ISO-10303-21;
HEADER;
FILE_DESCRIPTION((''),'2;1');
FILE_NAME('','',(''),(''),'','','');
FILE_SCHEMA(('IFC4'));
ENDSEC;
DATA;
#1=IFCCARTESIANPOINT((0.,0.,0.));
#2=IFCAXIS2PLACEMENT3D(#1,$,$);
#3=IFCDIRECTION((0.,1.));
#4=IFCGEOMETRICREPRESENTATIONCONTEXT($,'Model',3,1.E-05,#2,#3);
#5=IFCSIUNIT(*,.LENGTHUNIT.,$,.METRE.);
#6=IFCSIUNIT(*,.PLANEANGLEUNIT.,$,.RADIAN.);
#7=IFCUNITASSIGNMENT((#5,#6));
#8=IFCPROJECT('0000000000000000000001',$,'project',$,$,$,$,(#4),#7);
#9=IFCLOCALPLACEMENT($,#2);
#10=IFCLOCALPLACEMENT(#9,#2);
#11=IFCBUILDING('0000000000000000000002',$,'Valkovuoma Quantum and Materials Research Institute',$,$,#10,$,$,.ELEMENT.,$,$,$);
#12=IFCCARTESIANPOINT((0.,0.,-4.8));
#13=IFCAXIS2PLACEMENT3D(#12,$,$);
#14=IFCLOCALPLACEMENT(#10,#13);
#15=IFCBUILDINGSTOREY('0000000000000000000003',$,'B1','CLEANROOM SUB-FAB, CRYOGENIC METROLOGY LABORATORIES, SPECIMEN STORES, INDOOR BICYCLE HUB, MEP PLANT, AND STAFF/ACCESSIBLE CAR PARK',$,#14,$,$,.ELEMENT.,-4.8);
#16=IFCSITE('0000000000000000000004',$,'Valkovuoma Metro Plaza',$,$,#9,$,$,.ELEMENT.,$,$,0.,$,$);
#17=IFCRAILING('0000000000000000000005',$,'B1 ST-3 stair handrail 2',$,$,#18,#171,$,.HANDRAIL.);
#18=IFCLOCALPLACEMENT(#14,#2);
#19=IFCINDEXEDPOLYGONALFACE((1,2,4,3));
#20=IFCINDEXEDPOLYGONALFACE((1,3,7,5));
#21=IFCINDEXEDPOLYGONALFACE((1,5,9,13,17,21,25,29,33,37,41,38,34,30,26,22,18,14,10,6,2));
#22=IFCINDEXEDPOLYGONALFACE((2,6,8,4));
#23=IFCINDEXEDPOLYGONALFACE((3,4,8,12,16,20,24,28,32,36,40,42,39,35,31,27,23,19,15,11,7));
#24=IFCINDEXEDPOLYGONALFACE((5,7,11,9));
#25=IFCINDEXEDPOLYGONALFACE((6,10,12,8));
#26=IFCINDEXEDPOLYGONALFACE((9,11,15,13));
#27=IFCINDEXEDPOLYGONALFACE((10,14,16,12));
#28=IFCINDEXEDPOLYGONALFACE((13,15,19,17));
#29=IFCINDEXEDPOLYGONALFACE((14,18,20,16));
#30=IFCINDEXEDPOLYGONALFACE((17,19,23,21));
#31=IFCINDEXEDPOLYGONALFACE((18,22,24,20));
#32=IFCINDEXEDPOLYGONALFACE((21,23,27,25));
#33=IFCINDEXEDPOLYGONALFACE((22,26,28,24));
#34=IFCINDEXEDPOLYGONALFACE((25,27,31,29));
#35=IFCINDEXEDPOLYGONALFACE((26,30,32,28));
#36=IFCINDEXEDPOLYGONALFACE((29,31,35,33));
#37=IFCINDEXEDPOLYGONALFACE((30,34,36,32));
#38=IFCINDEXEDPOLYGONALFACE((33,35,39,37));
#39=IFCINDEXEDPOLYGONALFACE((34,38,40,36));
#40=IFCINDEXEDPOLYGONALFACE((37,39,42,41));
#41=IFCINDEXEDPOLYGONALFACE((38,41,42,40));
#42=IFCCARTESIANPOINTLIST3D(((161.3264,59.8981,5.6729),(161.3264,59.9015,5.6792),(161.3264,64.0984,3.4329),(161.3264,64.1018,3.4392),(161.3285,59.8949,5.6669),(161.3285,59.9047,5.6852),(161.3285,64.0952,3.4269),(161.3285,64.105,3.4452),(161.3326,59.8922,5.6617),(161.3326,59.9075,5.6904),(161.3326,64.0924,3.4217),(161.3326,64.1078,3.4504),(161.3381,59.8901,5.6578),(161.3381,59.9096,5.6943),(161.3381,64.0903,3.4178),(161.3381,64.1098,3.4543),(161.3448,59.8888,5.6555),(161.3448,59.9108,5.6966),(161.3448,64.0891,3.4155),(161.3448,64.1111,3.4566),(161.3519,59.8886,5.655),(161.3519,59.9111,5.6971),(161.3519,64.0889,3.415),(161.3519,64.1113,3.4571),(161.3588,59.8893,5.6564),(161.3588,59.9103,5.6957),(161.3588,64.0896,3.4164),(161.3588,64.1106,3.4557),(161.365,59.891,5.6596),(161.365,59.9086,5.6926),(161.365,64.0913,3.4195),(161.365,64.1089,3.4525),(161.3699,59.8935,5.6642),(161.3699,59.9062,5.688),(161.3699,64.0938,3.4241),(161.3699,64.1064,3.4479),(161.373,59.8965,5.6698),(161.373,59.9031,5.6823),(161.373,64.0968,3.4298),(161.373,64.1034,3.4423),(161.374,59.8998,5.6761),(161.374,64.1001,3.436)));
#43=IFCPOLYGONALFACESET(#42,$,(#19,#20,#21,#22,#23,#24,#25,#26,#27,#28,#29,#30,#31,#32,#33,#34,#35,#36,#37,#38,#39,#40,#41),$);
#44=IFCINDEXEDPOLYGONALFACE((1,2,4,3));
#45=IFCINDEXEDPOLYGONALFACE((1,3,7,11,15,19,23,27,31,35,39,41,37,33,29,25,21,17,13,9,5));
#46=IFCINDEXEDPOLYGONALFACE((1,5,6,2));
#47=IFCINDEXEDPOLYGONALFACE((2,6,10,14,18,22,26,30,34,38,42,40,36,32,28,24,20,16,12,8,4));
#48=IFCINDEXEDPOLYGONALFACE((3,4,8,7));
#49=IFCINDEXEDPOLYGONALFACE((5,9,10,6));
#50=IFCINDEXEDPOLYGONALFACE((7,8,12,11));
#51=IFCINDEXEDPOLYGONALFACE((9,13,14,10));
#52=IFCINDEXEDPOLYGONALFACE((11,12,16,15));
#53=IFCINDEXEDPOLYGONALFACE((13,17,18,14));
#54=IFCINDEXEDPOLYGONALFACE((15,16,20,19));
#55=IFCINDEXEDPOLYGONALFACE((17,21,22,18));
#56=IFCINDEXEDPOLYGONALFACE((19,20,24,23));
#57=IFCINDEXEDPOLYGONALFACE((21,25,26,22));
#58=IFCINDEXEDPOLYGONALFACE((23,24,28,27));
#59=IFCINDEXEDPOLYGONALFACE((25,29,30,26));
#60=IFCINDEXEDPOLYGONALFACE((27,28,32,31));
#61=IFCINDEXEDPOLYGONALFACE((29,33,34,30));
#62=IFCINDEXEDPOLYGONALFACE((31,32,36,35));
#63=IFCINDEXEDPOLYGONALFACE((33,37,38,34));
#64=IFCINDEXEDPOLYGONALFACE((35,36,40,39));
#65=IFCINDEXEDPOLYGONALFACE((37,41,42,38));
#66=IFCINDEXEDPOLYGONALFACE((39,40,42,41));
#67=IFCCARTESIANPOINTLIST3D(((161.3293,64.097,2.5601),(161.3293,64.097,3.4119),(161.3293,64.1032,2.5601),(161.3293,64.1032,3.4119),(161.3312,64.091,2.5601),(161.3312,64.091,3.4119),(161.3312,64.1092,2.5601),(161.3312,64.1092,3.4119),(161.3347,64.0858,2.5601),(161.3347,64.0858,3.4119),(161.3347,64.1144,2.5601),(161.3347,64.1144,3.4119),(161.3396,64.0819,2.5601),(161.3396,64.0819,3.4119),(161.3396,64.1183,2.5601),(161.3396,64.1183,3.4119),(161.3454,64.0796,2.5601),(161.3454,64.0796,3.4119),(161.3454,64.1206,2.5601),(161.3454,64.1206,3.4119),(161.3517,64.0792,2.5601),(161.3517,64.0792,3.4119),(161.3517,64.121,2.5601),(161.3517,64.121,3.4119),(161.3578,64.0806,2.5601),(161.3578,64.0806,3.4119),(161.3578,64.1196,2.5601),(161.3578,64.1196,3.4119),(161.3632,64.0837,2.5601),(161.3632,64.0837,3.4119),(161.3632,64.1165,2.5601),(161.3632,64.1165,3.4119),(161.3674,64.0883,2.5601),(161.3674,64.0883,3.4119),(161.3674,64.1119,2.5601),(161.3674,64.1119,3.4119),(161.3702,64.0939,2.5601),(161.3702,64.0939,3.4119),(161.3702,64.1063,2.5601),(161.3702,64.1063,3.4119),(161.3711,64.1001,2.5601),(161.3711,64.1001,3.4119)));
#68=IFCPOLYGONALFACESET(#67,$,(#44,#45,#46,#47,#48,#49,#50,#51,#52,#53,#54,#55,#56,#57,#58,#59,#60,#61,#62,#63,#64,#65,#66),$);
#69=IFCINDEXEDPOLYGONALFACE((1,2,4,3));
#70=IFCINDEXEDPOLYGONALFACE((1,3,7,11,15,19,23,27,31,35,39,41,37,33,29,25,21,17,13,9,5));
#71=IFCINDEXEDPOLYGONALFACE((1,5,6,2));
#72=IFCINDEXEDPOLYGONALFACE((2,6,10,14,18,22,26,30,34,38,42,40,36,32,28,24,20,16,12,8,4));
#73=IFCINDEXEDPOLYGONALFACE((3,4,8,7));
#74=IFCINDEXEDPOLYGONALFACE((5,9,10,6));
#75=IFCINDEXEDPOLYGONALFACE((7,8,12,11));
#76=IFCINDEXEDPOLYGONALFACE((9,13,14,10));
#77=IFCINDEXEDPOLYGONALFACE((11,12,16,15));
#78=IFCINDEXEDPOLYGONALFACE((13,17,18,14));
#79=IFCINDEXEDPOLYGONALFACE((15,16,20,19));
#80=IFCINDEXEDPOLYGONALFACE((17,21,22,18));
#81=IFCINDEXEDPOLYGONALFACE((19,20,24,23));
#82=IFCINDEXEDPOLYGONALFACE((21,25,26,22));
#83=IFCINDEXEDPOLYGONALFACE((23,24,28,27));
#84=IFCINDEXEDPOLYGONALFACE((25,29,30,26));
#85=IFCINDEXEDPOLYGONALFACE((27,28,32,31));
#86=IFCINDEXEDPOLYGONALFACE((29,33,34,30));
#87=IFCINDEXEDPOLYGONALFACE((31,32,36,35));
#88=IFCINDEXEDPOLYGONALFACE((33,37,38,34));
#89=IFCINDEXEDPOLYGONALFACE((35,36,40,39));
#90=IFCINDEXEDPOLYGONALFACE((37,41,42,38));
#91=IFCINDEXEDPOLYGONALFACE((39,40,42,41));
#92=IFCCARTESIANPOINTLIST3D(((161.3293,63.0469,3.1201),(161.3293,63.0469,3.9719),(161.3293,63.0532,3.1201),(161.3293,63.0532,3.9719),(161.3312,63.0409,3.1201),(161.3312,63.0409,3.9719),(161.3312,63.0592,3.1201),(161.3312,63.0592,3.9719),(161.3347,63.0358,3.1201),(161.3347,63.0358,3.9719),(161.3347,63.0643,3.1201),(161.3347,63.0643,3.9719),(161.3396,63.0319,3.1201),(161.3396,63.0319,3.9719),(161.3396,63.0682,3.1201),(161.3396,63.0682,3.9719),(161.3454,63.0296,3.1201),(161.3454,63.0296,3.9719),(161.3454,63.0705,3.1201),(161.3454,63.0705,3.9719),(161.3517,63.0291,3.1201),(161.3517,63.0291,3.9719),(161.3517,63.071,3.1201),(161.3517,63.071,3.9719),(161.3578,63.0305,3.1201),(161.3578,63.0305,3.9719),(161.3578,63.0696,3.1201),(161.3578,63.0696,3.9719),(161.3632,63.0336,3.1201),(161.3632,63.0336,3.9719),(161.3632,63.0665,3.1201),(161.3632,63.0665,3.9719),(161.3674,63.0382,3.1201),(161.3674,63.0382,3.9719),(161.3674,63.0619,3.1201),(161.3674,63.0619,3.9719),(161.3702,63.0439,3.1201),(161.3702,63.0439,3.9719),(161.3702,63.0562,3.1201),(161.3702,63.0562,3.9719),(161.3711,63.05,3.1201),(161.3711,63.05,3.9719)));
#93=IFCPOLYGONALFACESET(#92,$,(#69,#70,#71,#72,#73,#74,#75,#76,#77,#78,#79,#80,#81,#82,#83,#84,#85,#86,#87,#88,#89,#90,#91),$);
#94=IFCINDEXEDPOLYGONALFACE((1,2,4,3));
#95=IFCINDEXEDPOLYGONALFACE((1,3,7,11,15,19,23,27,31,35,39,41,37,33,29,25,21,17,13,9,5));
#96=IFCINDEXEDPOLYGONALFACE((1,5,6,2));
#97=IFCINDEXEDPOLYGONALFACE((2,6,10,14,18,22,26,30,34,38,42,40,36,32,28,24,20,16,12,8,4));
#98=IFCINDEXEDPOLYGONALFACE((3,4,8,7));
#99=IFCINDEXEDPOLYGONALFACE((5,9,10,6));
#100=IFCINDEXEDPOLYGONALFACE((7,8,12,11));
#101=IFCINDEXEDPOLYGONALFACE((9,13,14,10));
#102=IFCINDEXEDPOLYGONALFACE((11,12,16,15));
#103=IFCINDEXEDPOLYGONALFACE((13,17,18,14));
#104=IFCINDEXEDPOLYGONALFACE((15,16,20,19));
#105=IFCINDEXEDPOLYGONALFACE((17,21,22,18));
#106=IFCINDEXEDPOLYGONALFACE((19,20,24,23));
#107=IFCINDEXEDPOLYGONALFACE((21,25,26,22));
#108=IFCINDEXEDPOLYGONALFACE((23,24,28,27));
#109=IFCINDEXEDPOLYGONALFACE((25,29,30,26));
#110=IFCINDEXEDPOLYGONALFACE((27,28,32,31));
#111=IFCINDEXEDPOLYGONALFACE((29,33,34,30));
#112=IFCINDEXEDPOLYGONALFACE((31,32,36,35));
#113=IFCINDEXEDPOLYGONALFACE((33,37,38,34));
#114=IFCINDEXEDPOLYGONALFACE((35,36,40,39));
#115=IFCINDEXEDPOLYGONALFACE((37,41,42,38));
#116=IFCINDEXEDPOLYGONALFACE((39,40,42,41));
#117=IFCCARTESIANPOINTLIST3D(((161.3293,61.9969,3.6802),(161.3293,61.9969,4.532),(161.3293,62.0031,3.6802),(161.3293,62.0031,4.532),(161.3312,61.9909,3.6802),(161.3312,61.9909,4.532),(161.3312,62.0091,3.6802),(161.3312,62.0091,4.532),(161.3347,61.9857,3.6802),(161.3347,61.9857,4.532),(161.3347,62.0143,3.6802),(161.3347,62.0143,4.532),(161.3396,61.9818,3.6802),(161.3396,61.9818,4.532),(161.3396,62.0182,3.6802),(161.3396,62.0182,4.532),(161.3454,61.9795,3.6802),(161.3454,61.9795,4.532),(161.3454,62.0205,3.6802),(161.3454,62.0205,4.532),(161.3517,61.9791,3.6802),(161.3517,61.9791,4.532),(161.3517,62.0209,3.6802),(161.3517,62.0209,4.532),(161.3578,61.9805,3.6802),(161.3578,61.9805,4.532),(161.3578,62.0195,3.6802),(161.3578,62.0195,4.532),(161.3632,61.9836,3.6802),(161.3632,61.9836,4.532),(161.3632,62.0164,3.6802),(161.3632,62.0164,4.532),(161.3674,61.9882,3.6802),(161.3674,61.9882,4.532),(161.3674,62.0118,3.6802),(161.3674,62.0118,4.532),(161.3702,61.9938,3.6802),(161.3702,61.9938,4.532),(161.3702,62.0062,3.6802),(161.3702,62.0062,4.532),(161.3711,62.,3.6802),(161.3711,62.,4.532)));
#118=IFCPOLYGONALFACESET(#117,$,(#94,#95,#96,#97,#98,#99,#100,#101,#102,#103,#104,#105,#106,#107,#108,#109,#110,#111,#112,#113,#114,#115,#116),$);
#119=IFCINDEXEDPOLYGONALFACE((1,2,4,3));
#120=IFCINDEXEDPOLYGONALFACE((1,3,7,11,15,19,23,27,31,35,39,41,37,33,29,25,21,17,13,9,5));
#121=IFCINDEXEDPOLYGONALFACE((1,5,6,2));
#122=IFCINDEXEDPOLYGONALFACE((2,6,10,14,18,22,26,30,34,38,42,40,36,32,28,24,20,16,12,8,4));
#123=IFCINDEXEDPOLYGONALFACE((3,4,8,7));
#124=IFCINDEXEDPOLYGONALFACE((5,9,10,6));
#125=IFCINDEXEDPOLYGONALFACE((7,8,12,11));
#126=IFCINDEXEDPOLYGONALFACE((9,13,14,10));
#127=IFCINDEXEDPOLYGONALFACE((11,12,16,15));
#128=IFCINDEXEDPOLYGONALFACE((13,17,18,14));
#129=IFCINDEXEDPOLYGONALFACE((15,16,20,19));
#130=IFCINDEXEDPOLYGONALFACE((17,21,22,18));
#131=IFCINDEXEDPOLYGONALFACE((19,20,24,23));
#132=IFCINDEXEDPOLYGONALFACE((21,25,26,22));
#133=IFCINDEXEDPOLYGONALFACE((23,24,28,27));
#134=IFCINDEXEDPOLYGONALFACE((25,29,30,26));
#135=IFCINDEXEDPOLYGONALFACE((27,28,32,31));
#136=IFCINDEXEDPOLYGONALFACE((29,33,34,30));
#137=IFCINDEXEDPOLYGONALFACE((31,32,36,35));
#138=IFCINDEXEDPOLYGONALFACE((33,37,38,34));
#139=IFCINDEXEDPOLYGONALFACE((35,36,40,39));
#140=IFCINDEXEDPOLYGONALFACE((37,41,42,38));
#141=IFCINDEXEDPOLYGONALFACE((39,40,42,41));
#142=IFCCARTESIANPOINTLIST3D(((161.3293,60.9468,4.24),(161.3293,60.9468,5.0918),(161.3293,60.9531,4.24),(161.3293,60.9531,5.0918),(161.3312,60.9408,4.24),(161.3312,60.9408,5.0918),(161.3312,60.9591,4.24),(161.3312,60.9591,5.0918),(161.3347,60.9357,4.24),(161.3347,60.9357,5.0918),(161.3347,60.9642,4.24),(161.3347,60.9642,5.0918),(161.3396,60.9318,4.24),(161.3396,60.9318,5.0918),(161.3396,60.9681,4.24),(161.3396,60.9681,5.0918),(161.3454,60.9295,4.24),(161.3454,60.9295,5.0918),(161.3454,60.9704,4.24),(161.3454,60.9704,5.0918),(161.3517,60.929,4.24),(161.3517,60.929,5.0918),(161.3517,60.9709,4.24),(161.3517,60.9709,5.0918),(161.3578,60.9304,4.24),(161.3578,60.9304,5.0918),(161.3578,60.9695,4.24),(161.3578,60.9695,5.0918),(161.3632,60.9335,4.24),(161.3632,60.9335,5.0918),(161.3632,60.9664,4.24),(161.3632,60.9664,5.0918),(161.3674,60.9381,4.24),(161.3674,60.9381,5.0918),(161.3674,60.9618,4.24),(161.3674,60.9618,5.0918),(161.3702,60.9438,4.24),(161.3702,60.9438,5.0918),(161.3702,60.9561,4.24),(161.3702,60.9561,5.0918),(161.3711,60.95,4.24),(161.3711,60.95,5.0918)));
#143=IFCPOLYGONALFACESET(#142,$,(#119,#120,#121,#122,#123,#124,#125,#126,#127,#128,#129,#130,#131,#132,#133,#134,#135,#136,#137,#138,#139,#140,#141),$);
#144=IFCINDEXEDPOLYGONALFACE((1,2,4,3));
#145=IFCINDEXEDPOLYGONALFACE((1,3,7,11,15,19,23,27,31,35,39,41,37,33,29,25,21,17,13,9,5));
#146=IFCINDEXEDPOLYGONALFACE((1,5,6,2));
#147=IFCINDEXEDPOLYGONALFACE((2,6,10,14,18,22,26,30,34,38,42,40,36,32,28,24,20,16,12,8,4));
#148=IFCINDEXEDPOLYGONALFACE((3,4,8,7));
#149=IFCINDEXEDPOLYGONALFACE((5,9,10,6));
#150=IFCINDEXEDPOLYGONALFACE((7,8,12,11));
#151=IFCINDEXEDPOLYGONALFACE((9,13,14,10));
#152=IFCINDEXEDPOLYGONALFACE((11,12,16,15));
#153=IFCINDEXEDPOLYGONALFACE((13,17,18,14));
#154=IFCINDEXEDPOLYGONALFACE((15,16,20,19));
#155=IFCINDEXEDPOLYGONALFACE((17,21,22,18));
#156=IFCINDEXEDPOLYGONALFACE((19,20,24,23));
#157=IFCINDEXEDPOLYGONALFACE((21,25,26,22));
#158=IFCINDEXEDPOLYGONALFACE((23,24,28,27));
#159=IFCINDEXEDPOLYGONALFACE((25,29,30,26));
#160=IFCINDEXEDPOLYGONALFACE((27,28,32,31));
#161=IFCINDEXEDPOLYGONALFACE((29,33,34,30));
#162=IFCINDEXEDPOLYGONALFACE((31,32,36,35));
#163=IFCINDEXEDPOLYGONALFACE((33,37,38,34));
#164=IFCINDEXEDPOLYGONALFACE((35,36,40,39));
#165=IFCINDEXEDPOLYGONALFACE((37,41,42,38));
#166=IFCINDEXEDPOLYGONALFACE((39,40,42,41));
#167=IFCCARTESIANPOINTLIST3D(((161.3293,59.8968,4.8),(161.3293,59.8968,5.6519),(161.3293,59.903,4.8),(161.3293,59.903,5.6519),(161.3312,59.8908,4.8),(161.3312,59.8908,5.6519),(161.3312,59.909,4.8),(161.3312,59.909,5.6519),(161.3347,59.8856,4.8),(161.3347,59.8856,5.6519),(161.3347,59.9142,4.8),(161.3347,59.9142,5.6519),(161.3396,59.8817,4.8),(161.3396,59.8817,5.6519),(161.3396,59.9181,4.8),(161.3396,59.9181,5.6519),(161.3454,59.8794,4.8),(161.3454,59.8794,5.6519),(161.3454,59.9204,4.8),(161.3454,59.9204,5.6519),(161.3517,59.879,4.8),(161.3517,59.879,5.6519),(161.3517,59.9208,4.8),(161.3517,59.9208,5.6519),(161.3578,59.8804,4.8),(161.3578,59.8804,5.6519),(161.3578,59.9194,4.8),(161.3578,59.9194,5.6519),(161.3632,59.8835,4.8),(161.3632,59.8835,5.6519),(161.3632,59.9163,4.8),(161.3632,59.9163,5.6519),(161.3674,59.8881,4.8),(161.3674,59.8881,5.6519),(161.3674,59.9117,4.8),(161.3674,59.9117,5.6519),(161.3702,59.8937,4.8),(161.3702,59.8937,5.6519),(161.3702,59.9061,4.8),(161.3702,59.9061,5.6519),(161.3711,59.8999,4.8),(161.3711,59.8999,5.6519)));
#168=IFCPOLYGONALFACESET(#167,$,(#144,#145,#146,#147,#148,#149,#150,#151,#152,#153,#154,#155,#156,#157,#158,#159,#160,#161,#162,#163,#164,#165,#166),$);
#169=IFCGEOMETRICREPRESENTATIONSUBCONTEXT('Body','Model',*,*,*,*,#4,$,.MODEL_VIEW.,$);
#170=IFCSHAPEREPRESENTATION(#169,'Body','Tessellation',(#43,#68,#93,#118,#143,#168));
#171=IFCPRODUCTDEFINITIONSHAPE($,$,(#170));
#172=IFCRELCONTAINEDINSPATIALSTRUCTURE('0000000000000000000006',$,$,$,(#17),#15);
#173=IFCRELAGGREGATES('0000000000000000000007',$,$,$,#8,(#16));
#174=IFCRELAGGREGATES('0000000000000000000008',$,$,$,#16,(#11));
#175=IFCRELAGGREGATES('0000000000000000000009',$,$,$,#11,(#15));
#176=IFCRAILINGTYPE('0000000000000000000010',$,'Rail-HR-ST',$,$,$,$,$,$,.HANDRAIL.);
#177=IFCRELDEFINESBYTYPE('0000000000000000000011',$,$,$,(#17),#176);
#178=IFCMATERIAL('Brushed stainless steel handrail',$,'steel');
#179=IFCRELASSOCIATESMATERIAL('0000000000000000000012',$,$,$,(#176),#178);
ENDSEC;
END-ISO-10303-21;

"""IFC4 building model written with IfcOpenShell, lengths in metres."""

from ifc_helpers import new_model, si_unit, direction, frame, origin, origin_2d, place, context, subcontext, project, spatial, circle, extrude, material, type_object, element, save


model = new_model("IFC4")

# Units and contexts
model_context = context("Model", 3, precision=1e-05, world=origin(), true_north=direction((0.0, 1.0)))
body_context = subcontext(model_context, "Body", "Model", "MODEL_VIEW")
ifc_project = project(units=[si_unit("LENGTHUNIT", "METRE"), si_unit("PLANEANGLEUNIT", "RADIAN")], contexts=[model_context])

# Site, building, storey
site_placement = place(None, origin())
site = spatial("IfcSite", under=ifc_project, at=site_placement, Name="Valkovuoma Metro Plaza", CompositionType="ELEMENT", RefElevation=0.0)
building_placement = place(site_placement, origin())
building = spatial("IfcBuilding", under=site, at=building_placement, Name="Valkovuoma Quantum and Materials Research Institute", CompositionType="ELEMENT")
storey_placement = place(building_placement, frame((0.0, 0.0, -4.8)))
storey = spatial("IfcBuildingStorey", under=building, at=storey_placement, Name="B1", Description="CLEANROOM SUB-FAB, CRYOGENIC METROLOGY LABORATORIES, SPECIMEN STORES, INDOOR BICYCLE HUB, MEP PLANT, AND STAFF/ACCESSIBLE CAR PARK", CompositionType="ELEMENT", Elevation=-4.8)

# Railing
ifc_material_1 = material(Name="Brushed stainless steel handrail", Category="steel")
railing_type_1 = type_object("IfcRailingType", Name="Rail-HR-ST", PredefinedType="HANDRAIL", material=ifc_material_1)
railing_1_placement = place(storey_placement, frame((161.3501, 64.1001, 2.5601)))
element("IfcRailing", 1, at=railing_1_placement, inside=storey, type_object=railing_type_1, Name="B1 ST-3 stair handrail 2", PredefinedType="HANDRAIL", context=body_context, shape_type="SweptSolid", body=[
    extrude(circle(Radius=0.0239, at=origin_2d()), frame((0.0, 0.0, 0.876), z_axis=(0.0, -0.882363, 0.47057), x_axis=(1.0, 0.0, 0.0)), (0.0, 0.0, 1.0), 4.7603),
    extrude(circle(Radius=0.021, at=origin_2d()), origin(), (0.0, 0.0, 1.0), 0.8518),
    extrude(circle(Radius=0.021, at=origin_2d()), frame((0.0, -1.05, 0.5601)), (0.0, 0.0, 1.0), 0.8518),
    extrude(circle(Radius=0.021, at=origin_2d()), frame((0.0, -2.1001, 1.1201)), (0.0, 0.0, 1.0), 0.8518),
    extrude(circle(Radius=0.021, at=origin_2d()), frame((0.0, -3.1501, 1.6799)), (0.0, 0.0, 1.0), 0.8518),
    extrude(circle(Radius=0.021, at=origin_2d()), frame((0.0, -4.2002, 2.24)), (0.0, 0.0, 1.0), 0.8518),
])

save(model, "model.ifc")
